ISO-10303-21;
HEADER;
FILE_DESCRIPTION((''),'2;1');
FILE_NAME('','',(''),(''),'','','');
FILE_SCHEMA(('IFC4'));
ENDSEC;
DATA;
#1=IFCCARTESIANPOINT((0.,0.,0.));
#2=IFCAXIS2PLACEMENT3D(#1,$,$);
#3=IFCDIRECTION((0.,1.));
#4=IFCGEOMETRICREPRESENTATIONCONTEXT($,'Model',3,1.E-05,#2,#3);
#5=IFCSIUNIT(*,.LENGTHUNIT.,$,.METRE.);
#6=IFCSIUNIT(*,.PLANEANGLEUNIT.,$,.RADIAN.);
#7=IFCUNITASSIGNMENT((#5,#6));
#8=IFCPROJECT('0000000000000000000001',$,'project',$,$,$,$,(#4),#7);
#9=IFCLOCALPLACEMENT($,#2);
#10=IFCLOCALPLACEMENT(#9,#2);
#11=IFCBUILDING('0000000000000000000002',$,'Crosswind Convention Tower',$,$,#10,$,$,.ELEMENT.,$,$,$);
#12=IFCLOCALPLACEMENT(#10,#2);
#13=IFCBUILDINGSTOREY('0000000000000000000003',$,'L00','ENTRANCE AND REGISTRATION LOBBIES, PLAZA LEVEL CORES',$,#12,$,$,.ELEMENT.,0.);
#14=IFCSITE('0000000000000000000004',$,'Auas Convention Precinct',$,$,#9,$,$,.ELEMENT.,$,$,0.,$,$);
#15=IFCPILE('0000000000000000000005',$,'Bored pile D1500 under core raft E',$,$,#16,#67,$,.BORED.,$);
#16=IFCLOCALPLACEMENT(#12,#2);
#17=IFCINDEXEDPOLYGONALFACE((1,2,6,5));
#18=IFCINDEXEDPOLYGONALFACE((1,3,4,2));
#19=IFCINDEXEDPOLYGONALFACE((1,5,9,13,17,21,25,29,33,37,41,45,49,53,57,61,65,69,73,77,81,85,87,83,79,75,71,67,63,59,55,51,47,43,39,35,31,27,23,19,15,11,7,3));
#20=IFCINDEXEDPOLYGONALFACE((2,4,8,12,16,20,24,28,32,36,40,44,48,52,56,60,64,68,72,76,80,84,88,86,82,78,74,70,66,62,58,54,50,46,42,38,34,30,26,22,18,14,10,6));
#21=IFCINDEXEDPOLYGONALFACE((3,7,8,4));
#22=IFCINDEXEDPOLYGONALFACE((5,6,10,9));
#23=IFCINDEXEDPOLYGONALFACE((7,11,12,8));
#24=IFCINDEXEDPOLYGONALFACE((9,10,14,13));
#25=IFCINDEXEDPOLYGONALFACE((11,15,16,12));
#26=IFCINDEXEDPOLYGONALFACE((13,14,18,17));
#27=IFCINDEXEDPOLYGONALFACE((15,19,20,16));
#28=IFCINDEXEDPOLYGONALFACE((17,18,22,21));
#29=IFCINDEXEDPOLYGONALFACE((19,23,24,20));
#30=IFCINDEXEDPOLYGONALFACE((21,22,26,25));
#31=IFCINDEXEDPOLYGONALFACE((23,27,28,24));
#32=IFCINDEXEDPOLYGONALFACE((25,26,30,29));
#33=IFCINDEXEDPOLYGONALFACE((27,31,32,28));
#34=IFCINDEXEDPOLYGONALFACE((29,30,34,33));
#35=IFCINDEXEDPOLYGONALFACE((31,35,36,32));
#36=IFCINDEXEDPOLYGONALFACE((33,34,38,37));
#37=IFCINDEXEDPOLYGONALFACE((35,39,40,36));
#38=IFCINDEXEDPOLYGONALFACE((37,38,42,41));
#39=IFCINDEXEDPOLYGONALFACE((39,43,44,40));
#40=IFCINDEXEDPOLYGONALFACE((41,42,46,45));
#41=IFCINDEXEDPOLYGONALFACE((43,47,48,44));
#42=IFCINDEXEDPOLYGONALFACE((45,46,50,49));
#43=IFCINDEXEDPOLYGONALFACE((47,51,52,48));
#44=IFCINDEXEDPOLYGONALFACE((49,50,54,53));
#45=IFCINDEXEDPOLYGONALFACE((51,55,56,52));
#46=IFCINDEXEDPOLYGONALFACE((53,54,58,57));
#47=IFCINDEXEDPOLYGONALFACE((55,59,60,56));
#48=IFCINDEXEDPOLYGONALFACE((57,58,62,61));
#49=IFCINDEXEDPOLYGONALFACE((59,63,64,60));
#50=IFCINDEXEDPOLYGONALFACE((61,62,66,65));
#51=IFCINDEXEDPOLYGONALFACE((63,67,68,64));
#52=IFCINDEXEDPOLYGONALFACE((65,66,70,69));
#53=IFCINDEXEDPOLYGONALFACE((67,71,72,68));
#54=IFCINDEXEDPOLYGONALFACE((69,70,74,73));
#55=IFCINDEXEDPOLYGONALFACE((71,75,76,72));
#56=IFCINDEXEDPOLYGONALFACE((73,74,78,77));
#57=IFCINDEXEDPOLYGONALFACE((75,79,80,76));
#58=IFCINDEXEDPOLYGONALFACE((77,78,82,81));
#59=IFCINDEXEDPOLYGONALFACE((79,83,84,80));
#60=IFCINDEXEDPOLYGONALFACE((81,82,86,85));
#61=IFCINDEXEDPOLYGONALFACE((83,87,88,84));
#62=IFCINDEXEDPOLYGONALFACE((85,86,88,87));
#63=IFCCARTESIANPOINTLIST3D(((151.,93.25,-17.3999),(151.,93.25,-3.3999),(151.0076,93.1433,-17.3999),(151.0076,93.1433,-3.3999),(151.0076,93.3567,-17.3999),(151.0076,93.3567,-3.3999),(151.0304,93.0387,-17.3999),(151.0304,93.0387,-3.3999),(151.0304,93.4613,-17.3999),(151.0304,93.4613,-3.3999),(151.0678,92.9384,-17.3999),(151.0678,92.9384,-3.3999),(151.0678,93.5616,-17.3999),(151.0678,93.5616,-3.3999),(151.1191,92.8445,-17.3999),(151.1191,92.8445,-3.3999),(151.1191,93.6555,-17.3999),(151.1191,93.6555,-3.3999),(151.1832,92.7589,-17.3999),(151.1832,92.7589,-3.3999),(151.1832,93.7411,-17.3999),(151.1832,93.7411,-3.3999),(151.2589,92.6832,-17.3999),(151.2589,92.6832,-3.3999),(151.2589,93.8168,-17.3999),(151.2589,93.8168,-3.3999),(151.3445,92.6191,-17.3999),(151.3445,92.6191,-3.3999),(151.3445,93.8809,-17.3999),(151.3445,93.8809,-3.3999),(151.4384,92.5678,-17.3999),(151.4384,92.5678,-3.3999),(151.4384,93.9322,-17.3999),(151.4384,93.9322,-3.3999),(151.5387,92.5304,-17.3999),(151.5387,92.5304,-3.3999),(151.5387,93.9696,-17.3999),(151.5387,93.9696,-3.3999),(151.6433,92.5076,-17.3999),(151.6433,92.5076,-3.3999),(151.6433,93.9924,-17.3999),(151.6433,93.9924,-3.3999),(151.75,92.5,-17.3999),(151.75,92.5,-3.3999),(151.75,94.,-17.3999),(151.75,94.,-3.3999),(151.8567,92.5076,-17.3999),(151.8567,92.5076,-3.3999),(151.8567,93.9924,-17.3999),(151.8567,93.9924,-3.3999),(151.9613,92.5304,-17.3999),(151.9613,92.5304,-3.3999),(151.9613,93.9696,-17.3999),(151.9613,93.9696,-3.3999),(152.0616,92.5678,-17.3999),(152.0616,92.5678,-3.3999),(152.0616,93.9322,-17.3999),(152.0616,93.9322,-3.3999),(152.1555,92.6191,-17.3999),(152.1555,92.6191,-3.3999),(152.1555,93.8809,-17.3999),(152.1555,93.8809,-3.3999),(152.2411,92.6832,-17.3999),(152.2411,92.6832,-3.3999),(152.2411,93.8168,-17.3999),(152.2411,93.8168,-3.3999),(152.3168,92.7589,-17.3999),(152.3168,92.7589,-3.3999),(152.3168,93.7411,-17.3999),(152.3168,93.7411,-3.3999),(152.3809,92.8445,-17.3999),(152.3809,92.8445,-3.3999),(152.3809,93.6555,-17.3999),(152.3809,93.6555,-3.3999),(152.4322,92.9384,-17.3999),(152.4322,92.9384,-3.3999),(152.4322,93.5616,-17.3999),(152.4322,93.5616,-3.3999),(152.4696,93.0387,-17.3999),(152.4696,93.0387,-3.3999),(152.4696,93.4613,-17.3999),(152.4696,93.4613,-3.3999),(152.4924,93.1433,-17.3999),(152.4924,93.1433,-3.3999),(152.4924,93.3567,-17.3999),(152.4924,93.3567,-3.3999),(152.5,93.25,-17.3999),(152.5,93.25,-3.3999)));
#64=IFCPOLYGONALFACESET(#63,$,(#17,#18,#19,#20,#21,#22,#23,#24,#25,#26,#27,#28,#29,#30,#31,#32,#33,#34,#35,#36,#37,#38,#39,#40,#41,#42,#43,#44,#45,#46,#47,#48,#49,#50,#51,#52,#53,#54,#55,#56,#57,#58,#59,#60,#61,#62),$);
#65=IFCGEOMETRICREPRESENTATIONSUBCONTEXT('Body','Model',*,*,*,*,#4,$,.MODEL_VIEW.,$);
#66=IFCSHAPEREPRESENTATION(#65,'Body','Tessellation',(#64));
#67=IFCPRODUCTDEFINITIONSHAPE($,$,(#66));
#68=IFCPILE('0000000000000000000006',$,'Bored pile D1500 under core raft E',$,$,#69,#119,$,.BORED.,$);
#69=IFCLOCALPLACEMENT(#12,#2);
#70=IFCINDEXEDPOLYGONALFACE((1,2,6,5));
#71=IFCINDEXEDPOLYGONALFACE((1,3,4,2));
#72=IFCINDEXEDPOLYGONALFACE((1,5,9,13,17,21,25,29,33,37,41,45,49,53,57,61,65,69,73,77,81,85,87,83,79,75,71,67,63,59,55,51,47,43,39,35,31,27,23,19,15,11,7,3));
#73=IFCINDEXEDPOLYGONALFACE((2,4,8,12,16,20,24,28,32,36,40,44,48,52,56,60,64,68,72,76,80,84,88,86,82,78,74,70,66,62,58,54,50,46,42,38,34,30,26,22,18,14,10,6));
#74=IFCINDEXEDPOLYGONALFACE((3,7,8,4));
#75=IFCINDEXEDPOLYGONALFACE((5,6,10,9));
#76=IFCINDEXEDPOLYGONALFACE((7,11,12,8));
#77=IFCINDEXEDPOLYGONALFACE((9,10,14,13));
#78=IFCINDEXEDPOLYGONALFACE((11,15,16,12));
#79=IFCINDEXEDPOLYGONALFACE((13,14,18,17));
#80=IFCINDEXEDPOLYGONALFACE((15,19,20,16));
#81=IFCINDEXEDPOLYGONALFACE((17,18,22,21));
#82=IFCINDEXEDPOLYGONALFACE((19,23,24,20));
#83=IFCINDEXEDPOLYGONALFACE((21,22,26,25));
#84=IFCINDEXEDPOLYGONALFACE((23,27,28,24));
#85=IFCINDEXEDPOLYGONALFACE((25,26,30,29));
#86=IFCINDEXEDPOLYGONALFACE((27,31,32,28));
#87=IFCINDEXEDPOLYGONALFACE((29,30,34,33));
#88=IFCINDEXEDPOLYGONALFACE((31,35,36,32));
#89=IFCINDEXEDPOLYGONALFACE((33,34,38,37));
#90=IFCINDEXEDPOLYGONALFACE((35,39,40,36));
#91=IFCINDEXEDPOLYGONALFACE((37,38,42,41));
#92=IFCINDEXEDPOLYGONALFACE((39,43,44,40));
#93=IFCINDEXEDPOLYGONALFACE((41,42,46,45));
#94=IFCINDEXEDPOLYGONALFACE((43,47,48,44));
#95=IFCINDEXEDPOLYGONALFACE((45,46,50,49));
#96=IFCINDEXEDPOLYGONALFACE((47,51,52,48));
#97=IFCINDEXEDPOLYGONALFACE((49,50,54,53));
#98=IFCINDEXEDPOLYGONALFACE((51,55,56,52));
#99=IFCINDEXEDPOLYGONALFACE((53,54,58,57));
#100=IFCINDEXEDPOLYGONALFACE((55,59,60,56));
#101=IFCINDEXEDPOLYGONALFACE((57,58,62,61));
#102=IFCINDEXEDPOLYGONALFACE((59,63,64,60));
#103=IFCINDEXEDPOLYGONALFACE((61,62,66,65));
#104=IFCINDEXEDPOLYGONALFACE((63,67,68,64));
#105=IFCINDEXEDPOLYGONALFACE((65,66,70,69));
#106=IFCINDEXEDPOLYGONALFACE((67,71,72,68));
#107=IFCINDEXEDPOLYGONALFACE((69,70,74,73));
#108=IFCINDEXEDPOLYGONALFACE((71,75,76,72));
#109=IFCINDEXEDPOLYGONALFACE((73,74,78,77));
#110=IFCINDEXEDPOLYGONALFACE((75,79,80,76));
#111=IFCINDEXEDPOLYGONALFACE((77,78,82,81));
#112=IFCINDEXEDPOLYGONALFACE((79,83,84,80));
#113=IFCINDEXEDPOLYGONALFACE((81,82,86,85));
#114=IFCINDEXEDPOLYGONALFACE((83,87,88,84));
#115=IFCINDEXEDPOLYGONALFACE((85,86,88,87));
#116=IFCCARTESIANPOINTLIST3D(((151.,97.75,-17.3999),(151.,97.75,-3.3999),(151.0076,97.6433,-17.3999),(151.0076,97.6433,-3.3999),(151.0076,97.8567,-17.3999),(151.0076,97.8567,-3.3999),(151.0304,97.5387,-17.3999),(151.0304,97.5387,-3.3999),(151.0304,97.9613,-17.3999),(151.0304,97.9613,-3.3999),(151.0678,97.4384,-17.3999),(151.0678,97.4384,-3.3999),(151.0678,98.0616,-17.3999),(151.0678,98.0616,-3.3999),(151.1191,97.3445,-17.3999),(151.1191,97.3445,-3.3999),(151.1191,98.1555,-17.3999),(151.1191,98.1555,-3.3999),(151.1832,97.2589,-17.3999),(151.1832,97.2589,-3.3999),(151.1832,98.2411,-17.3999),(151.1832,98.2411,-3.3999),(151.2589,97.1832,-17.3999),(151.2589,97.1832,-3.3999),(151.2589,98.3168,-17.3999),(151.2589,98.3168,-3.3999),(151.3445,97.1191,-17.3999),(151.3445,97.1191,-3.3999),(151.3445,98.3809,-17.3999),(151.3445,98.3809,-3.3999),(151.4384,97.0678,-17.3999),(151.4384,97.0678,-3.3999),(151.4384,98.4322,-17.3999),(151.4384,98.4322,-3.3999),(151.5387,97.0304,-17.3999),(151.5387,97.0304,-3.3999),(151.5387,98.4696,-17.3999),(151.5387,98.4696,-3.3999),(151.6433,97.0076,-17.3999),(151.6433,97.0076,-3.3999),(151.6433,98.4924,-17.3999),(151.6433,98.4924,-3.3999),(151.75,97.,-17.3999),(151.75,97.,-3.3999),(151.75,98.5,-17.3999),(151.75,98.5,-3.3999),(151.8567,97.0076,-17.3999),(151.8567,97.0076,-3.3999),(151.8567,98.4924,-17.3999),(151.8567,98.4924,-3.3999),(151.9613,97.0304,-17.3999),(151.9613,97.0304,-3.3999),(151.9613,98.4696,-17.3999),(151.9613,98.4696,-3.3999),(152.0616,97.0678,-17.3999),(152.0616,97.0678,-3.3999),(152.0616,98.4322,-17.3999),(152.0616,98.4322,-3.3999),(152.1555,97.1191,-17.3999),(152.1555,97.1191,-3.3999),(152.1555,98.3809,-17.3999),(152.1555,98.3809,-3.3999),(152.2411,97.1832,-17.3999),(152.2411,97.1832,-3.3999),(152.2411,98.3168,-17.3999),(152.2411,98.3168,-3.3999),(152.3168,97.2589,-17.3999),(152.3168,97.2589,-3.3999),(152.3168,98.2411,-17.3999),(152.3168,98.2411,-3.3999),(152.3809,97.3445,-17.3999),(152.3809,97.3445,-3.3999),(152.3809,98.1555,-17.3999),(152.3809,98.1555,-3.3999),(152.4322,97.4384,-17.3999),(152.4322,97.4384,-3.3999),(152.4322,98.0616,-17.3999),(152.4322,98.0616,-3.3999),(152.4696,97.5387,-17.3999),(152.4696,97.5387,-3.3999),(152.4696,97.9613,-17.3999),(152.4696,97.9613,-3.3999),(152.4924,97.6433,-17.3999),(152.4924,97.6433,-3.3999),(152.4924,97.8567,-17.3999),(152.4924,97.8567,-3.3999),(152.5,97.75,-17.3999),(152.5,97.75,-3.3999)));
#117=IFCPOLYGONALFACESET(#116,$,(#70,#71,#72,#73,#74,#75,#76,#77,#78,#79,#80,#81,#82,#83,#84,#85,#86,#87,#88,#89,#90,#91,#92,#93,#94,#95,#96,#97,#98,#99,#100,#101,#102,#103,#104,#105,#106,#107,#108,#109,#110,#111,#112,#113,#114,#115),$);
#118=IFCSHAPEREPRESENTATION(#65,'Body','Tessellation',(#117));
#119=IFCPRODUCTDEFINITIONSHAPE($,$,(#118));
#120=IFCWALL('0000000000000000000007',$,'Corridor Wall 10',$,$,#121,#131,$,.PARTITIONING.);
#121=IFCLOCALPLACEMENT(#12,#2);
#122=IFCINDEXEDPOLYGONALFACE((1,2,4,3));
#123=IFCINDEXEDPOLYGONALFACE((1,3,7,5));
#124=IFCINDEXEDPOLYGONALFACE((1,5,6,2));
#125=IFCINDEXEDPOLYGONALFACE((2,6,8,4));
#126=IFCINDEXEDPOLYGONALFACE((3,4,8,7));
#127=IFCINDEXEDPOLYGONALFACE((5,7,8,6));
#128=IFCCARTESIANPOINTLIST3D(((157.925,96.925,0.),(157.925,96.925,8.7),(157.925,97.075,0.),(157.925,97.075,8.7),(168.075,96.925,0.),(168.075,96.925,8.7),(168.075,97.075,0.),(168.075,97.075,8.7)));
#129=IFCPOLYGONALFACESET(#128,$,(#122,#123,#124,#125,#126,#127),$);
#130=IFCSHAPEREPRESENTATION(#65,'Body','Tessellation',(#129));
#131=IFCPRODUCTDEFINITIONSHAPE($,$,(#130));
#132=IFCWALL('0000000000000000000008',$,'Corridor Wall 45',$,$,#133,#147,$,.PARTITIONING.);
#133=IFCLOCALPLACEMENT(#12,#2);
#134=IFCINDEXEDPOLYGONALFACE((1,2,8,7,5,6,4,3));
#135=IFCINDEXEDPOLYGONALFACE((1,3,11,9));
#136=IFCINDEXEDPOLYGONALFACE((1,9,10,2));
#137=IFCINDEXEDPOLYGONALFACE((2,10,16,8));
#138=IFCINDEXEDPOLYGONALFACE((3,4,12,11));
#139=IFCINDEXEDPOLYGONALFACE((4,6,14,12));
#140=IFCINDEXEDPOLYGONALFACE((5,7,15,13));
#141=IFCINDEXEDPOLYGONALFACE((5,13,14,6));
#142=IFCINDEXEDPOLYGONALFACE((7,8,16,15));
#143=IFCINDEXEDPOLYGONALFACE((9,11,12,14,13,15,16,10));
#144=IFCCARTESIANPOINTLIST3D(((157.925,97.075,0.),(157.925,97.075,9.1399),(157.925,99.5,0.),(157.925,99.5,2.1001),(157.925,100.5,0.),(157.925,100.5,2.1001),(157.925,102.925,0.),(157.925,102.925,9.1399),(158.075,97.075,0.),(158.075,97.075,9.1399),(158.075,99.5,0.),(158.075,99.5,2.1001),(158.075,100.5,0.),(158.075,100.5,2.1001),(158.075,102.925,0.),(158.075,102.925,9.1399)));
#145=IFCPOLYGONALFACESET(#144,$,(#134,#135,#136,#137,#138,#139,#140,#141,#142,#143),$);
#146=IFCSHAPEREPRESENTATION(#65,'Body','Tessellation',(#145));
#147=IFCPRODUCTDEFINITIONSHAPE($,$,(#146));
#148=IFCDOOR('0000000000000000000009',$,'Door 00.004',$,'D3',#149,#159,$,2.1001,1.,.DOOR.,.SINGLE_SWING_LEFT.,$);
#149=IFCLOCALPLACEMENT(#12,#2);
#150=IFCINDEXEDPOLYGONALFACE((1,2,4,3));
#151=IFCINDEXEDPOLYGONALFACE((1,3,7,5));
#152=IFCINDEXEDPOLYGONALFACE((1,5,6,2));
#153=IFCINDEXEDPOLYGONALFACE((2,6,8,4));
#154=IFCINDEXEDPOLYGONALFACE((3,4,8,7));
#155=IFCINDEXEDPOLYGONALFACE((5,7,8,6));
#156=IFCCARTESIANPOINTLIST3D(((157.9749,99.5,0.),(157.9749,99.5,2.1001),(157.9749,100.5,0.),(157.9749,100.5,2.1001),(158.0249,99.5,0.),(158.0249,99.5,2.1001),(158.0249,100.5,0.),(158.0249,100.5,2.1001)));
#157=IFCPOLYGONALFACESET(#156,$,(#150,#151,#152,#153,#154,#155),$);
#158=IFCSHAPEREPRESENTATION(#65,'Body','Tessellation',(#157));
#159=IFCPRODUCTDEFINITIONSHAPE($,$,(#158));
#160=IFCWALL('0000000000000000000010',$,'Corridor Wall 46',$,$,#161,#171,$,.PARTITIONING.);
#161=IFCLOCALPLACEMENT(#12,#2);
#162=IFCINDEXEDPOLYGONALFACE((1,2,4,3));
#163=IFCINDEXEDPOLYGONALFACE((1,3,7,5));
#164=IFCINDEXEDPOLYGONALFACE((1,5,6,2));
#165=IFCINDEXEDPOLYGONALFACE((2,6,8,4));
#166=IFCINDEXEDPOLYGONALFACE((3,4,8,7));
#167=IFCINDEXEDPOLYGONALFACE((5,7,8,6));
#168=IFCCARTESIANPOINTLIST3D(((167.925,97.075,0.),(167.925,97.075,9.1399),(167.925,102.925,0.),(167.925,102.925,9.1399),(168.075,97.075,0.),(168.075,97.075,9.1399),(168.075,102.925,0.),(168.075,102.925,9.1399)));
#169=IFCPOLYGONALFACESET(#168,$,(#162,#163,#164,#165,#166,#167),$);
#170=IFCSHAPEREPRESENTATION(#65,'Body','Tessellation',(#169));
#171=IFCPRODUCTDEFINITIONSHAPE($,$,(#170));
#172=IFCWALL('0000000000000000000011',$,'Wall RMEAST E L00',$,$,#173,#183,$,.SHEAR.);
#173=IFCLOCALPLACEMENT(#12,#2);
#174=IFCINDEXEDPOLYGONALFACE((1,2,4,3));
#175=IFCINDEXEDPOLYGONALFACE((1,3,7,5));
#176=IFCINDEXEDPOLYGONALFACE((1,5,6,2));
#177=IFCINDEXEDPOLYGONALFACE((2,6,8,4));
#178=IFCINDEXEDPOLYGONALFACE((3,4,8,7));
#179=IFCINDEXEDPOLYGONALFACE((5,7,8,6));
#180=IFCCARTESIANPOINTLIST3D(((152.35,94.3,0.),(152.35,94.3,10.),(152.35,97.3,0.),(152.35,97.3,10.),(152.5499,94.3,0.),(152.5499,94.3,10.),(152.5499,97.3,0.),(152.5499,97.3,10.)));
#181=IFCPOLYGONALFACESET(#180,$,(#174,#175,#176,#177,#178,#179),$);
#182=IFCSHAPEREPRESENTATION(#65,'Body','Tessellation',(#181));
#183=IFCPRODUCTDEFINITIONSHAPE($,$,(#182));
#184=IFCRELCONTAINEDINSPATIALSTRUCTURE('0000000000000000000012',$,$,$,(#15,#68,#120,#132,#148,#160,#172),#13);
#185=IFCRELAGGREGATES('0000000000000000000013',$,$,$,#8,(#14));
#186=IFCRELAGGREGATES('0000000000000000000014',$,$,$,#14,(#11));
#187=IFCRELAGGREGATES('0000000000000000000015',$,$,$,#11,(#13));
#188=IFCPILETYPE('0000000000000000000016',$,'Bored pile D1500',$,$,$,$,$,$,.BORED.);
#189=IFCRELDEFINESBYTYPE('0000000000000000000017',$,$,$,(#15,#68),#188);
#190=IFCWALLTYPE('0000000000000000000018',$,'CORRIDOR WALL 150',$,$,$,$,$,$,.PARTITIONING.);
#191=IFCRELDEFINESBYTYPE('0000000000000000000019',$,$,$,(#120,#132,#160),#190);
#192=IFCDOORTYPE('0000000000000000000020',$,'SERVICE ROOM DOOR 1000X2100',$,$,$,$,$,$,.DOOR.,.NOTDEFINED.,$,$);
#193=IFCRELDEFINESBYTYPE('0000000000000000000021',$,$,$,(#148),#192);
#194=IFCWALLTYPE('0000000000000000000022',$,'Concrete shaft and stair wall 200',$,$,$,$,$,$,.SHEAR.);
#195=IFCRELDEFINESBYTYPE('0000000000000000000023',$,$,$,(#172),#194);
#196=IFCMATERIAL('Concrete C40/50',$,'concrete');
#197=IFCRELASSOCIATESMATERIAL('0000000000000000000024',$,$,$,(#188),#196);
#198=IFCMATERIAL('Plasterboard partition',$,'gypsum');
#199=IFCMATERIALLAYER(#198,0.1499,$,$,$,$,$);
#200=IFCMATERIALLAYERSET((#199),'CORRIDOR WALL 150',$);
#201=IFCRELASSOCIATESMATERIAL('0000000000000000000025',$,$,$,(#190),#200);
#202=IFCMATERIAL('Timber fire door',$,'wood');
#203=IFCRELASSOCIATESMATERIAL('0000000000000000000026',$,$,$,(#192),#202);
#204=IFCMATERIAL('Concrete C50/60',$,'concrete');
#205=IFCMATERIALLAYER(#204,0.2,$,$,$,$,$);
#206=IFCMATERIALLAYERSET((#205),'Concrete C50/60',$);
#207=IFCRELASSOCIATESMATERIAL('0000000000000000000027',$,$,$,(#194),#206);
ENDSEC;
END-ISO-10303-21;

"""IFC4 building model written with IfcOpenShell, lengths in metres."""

from ifc_helpers import new_model, si_unit, direction, frame, frame_2d, origin, origin_2d, place, context, subcontext, project, spatial, rectangle, circle, extrude, material, layer, layer_set, material_profile, profile_set, type_object, element, fill, save


model = new_model("IFC4")

# Units and contexts
model_context = context("Model", 3, precision=1e-05, world=origin(), true_north=direction((0.0, 1.0)))
body_context = subcontext(model_context, "Body", "Model", "MODEL_VIEW")
ifc_project = project(units=[si_unit("LENGTHUNIT", "METRE"), si_unit("PLANEANGLEUNIT", "RADIAN")], contexts=[model_context])

# Site, building, storey
site_placement = place(None, origin())
site = spatial("IfcSite", under=ifc_project, at=site_placement, Name="Auas Convention Precinct", CompositionType="ELEMENT", RefElevation=0.0)
building_placement = place(site_placement, origin())
building = spatial("IfcBuilding", under=site, at=building_placement, Name="Crosswind Convention Tower", CompositionType="ELEMENT")
storey_placement = place(building_placement, origin())
storey = spatial("IfcBuildingStorey", under=building, at=storey_placement, Name="L00", Description="ENTRANCE AND REGISTRATION LOBBIES, PLAZA LEVEL CORES", CompositionType="ELEMENT", Elevation=0.0)

# Piles
ifc_material_1 = material(Name="Concrete C40/50", Category="concrete")
ifc_material_profile = material_profile(ifc_material_1, circle(Radius=0.75, at=origin_2d()), Name="Bored pile D1500")
ifc_profile_set = profile_set([ifc_material_profile], Name="Concrete C40/50")
pile_type = type_object("IfcPileType", Name="Bored pile D1500", PredefinedType="BORED", material=ifc_profile_set)
for number, where, z_axis, x_axis, name in (
    (1, (151.75, 93.25, -3.3999), (0.0, 0.0, -1.0), (1.0, 0.0, 0.0), "Bored pile D1500 under core raft E"),
    (2, (151.75, 97.75, -3.3999), (0.0, 0.0, -1.0), (1.0, 0.0, 0.0), "Bored pile D1500 under core raft E"),
):
    element("IfcPile", number, at=place(storey_placement, frame(where, z_axis=z_axis, x_axis=x_axis)), inside=storey, type_object=pile_type, Name=name, PredefinedType="BORED", context=body_context, shape_type="SweptSolid", body=[
        extrude(circle(Radius=0.75, at=origin_2d()), origin(), (0.0, 0.0, 1.0), 14.0),
    ])

# Wall
ifc_material_2 = material(Name="Plasterboard partition", Category="gypsum")
ifc_layer_1 = layer(ifc_material_2, 0.1499)
ifc_layer_set_1 = layer_set([ifc_layer_1], Name="CORRIDOR WALL 150")
wall_type_1 = type_object("IfcWallType", Name="CORRIDOR WALL 150", PredefinedType="PARTITIONING", material=ifc_layer_set_1)
wall_1_placement = place(storey_placement, frame((157.925, 97.0, 0.0), z_axis=(0.0, 0.0, 1.0), x_axis=(1.0, 0.0, 0.0)))
element("IfcWall", 3, at=wall_1_placement, inside=storey, type_object=wall_type_1, Name="Corridor Wall 10", PredefinedType="PARTITIONING", context=body_context, shape_type="SweptSolid", body=[
    extrude(rectangle(XDim=10.1499, YDim=0.1499, at=frame_2d((5.075, 0.0))), origin(), (0.0, 0.0, 1.0), 8.7),
])

# Wall, opening, door
wall_2_placement = place(storey_placement, frame((158.0, 97.075, 0.0), z_axis=(0.0, 0.0, 1.0), x_axis=(0.0, 1.0, 0.0)))
wall_2 = element("IfcWall", 4, at=wall_2_placement, inside=storey, type_object=wall_type_1, Name="Corridor Wall 45", PredefinedType="PARTITIONING", context=body_context, shape_type="SweptSolid", body=[
    extrude(rectangle(XDim=5.8501, YDim=0.1499, at=frame_2d((2.925, 0.0))), origin(), (0.0, 0.0, 1.0), 9.1399),
])
opening_placement = place(wall_2_placement, frame((2.425, 0.0, 0.0)))
opening = element("IfcOpeningElement", 5, at=opening_placement, cuts=wall_2, PredefinedType="OPENING", context=body_context, shape_type="SweptSolid", body=[
    extrude(rectangle(XDim=1.0, YDim=2.1001, at=frame_2d((0.5, 1.05))), frame((0.0, 0.085, 0.0), z_axis=(0.0, -1.0, 0.0), x_axis=(1.0, 0.0, 0.0)), (0.0, 0.0, 1.0), 0.1699),
])
ifc_material_3 = material(Name="Timber fire door", Category="wood")
door_type = type_object("IfcDoorType", Name="SERVICE ROOM DOOR 1000X2100", OperationType="NOTDEFINED", PredefinedType="DOOR", material=ifc_material_3)
door_placement = place(opening_placement, frame((1.0, 0.0, 0.0), z_axis=(0.0, 0.0, 1.0), x_axis=(-1.0, 0.0, 0.0)))
door = element("IfcDoor", 6, at=door_placement, inside=storey, type_object=door_type, Name="Door 00.004", ObjectType="D3", OperationType="SINGLE_SWING_LEFT", OverallHeight=2.1001, OverallWidth=1.0, PredefinedType="DOOR", context=body_context, shape_type="SweptSolid", body=[
    extrude(rectangle(XDim=1.0, YDim=2.1001, at=frame_2d((0.5, 1.05))), frame((0.0, 0.0249, 0.0), z_axis=(0.0, -1.0, 0.0), x_axis=(1.0, 0.0, 0.0)), (0.0, 0.0, 1.0), 0.05),
])
fill(opening, door)

# Walls
wall_3_placement = place(storey_placement, frame((168.0, 97.075, 0.0), z_axis=(0.0, 0.0, 1.0), x_axis=(0.0, 1.0, 0.0)))
element("IfcWall", 7, at=wall_3_placement, inside=storey, type_object=wall_type_1, Name="Corridor Wall 46", PredefinedType="PARTITIONING", context=body_context, shape_type="SweptSolid", body=[
    extrude(rectangle(XDim=5.8501, YDim=0.1499, at=frame_2d((2.925, 0.0))), origin(), (0.0, 0.0, 1.0), 9.1399),
])
ifc_material_4 = material(Name="Concrete C50/60", Category="concrete")
ifc_layer_2 = layer(ifc_material_4, 0.2)
ifc_layer_set_2 = layer_set([ifc_layer_2], Name="Concrete C50/60")
wall_type_2 = type_object("IfcWallType", Name="Concrete shaft and stair wall 200", PredefinedType="SHEAR", material=ifc_layer_set_2)
wall_4_placement = place(storey_placement, frame((152.45, 94.3, 0.0), z_axis=(0.0, 0.0, 1.0), x_axis=(0.0, 1.0, 0.0)))
element("IfcWall", 8, at=wall_4_placement, inside=storey, type_object=wall_type_2, Name="Wall RMEAST E L00", PredefinedType="SHEAR", context=body_context, shape_type="SweptSolid", body=[
    extrude(rectangle(XDim=3.0, YDim=0.2, at=frame_2d((1.5, 0.0))), origin(), (0.0, 0.0, 1.0), 10.0),
])

save(model, "model.ifc")
